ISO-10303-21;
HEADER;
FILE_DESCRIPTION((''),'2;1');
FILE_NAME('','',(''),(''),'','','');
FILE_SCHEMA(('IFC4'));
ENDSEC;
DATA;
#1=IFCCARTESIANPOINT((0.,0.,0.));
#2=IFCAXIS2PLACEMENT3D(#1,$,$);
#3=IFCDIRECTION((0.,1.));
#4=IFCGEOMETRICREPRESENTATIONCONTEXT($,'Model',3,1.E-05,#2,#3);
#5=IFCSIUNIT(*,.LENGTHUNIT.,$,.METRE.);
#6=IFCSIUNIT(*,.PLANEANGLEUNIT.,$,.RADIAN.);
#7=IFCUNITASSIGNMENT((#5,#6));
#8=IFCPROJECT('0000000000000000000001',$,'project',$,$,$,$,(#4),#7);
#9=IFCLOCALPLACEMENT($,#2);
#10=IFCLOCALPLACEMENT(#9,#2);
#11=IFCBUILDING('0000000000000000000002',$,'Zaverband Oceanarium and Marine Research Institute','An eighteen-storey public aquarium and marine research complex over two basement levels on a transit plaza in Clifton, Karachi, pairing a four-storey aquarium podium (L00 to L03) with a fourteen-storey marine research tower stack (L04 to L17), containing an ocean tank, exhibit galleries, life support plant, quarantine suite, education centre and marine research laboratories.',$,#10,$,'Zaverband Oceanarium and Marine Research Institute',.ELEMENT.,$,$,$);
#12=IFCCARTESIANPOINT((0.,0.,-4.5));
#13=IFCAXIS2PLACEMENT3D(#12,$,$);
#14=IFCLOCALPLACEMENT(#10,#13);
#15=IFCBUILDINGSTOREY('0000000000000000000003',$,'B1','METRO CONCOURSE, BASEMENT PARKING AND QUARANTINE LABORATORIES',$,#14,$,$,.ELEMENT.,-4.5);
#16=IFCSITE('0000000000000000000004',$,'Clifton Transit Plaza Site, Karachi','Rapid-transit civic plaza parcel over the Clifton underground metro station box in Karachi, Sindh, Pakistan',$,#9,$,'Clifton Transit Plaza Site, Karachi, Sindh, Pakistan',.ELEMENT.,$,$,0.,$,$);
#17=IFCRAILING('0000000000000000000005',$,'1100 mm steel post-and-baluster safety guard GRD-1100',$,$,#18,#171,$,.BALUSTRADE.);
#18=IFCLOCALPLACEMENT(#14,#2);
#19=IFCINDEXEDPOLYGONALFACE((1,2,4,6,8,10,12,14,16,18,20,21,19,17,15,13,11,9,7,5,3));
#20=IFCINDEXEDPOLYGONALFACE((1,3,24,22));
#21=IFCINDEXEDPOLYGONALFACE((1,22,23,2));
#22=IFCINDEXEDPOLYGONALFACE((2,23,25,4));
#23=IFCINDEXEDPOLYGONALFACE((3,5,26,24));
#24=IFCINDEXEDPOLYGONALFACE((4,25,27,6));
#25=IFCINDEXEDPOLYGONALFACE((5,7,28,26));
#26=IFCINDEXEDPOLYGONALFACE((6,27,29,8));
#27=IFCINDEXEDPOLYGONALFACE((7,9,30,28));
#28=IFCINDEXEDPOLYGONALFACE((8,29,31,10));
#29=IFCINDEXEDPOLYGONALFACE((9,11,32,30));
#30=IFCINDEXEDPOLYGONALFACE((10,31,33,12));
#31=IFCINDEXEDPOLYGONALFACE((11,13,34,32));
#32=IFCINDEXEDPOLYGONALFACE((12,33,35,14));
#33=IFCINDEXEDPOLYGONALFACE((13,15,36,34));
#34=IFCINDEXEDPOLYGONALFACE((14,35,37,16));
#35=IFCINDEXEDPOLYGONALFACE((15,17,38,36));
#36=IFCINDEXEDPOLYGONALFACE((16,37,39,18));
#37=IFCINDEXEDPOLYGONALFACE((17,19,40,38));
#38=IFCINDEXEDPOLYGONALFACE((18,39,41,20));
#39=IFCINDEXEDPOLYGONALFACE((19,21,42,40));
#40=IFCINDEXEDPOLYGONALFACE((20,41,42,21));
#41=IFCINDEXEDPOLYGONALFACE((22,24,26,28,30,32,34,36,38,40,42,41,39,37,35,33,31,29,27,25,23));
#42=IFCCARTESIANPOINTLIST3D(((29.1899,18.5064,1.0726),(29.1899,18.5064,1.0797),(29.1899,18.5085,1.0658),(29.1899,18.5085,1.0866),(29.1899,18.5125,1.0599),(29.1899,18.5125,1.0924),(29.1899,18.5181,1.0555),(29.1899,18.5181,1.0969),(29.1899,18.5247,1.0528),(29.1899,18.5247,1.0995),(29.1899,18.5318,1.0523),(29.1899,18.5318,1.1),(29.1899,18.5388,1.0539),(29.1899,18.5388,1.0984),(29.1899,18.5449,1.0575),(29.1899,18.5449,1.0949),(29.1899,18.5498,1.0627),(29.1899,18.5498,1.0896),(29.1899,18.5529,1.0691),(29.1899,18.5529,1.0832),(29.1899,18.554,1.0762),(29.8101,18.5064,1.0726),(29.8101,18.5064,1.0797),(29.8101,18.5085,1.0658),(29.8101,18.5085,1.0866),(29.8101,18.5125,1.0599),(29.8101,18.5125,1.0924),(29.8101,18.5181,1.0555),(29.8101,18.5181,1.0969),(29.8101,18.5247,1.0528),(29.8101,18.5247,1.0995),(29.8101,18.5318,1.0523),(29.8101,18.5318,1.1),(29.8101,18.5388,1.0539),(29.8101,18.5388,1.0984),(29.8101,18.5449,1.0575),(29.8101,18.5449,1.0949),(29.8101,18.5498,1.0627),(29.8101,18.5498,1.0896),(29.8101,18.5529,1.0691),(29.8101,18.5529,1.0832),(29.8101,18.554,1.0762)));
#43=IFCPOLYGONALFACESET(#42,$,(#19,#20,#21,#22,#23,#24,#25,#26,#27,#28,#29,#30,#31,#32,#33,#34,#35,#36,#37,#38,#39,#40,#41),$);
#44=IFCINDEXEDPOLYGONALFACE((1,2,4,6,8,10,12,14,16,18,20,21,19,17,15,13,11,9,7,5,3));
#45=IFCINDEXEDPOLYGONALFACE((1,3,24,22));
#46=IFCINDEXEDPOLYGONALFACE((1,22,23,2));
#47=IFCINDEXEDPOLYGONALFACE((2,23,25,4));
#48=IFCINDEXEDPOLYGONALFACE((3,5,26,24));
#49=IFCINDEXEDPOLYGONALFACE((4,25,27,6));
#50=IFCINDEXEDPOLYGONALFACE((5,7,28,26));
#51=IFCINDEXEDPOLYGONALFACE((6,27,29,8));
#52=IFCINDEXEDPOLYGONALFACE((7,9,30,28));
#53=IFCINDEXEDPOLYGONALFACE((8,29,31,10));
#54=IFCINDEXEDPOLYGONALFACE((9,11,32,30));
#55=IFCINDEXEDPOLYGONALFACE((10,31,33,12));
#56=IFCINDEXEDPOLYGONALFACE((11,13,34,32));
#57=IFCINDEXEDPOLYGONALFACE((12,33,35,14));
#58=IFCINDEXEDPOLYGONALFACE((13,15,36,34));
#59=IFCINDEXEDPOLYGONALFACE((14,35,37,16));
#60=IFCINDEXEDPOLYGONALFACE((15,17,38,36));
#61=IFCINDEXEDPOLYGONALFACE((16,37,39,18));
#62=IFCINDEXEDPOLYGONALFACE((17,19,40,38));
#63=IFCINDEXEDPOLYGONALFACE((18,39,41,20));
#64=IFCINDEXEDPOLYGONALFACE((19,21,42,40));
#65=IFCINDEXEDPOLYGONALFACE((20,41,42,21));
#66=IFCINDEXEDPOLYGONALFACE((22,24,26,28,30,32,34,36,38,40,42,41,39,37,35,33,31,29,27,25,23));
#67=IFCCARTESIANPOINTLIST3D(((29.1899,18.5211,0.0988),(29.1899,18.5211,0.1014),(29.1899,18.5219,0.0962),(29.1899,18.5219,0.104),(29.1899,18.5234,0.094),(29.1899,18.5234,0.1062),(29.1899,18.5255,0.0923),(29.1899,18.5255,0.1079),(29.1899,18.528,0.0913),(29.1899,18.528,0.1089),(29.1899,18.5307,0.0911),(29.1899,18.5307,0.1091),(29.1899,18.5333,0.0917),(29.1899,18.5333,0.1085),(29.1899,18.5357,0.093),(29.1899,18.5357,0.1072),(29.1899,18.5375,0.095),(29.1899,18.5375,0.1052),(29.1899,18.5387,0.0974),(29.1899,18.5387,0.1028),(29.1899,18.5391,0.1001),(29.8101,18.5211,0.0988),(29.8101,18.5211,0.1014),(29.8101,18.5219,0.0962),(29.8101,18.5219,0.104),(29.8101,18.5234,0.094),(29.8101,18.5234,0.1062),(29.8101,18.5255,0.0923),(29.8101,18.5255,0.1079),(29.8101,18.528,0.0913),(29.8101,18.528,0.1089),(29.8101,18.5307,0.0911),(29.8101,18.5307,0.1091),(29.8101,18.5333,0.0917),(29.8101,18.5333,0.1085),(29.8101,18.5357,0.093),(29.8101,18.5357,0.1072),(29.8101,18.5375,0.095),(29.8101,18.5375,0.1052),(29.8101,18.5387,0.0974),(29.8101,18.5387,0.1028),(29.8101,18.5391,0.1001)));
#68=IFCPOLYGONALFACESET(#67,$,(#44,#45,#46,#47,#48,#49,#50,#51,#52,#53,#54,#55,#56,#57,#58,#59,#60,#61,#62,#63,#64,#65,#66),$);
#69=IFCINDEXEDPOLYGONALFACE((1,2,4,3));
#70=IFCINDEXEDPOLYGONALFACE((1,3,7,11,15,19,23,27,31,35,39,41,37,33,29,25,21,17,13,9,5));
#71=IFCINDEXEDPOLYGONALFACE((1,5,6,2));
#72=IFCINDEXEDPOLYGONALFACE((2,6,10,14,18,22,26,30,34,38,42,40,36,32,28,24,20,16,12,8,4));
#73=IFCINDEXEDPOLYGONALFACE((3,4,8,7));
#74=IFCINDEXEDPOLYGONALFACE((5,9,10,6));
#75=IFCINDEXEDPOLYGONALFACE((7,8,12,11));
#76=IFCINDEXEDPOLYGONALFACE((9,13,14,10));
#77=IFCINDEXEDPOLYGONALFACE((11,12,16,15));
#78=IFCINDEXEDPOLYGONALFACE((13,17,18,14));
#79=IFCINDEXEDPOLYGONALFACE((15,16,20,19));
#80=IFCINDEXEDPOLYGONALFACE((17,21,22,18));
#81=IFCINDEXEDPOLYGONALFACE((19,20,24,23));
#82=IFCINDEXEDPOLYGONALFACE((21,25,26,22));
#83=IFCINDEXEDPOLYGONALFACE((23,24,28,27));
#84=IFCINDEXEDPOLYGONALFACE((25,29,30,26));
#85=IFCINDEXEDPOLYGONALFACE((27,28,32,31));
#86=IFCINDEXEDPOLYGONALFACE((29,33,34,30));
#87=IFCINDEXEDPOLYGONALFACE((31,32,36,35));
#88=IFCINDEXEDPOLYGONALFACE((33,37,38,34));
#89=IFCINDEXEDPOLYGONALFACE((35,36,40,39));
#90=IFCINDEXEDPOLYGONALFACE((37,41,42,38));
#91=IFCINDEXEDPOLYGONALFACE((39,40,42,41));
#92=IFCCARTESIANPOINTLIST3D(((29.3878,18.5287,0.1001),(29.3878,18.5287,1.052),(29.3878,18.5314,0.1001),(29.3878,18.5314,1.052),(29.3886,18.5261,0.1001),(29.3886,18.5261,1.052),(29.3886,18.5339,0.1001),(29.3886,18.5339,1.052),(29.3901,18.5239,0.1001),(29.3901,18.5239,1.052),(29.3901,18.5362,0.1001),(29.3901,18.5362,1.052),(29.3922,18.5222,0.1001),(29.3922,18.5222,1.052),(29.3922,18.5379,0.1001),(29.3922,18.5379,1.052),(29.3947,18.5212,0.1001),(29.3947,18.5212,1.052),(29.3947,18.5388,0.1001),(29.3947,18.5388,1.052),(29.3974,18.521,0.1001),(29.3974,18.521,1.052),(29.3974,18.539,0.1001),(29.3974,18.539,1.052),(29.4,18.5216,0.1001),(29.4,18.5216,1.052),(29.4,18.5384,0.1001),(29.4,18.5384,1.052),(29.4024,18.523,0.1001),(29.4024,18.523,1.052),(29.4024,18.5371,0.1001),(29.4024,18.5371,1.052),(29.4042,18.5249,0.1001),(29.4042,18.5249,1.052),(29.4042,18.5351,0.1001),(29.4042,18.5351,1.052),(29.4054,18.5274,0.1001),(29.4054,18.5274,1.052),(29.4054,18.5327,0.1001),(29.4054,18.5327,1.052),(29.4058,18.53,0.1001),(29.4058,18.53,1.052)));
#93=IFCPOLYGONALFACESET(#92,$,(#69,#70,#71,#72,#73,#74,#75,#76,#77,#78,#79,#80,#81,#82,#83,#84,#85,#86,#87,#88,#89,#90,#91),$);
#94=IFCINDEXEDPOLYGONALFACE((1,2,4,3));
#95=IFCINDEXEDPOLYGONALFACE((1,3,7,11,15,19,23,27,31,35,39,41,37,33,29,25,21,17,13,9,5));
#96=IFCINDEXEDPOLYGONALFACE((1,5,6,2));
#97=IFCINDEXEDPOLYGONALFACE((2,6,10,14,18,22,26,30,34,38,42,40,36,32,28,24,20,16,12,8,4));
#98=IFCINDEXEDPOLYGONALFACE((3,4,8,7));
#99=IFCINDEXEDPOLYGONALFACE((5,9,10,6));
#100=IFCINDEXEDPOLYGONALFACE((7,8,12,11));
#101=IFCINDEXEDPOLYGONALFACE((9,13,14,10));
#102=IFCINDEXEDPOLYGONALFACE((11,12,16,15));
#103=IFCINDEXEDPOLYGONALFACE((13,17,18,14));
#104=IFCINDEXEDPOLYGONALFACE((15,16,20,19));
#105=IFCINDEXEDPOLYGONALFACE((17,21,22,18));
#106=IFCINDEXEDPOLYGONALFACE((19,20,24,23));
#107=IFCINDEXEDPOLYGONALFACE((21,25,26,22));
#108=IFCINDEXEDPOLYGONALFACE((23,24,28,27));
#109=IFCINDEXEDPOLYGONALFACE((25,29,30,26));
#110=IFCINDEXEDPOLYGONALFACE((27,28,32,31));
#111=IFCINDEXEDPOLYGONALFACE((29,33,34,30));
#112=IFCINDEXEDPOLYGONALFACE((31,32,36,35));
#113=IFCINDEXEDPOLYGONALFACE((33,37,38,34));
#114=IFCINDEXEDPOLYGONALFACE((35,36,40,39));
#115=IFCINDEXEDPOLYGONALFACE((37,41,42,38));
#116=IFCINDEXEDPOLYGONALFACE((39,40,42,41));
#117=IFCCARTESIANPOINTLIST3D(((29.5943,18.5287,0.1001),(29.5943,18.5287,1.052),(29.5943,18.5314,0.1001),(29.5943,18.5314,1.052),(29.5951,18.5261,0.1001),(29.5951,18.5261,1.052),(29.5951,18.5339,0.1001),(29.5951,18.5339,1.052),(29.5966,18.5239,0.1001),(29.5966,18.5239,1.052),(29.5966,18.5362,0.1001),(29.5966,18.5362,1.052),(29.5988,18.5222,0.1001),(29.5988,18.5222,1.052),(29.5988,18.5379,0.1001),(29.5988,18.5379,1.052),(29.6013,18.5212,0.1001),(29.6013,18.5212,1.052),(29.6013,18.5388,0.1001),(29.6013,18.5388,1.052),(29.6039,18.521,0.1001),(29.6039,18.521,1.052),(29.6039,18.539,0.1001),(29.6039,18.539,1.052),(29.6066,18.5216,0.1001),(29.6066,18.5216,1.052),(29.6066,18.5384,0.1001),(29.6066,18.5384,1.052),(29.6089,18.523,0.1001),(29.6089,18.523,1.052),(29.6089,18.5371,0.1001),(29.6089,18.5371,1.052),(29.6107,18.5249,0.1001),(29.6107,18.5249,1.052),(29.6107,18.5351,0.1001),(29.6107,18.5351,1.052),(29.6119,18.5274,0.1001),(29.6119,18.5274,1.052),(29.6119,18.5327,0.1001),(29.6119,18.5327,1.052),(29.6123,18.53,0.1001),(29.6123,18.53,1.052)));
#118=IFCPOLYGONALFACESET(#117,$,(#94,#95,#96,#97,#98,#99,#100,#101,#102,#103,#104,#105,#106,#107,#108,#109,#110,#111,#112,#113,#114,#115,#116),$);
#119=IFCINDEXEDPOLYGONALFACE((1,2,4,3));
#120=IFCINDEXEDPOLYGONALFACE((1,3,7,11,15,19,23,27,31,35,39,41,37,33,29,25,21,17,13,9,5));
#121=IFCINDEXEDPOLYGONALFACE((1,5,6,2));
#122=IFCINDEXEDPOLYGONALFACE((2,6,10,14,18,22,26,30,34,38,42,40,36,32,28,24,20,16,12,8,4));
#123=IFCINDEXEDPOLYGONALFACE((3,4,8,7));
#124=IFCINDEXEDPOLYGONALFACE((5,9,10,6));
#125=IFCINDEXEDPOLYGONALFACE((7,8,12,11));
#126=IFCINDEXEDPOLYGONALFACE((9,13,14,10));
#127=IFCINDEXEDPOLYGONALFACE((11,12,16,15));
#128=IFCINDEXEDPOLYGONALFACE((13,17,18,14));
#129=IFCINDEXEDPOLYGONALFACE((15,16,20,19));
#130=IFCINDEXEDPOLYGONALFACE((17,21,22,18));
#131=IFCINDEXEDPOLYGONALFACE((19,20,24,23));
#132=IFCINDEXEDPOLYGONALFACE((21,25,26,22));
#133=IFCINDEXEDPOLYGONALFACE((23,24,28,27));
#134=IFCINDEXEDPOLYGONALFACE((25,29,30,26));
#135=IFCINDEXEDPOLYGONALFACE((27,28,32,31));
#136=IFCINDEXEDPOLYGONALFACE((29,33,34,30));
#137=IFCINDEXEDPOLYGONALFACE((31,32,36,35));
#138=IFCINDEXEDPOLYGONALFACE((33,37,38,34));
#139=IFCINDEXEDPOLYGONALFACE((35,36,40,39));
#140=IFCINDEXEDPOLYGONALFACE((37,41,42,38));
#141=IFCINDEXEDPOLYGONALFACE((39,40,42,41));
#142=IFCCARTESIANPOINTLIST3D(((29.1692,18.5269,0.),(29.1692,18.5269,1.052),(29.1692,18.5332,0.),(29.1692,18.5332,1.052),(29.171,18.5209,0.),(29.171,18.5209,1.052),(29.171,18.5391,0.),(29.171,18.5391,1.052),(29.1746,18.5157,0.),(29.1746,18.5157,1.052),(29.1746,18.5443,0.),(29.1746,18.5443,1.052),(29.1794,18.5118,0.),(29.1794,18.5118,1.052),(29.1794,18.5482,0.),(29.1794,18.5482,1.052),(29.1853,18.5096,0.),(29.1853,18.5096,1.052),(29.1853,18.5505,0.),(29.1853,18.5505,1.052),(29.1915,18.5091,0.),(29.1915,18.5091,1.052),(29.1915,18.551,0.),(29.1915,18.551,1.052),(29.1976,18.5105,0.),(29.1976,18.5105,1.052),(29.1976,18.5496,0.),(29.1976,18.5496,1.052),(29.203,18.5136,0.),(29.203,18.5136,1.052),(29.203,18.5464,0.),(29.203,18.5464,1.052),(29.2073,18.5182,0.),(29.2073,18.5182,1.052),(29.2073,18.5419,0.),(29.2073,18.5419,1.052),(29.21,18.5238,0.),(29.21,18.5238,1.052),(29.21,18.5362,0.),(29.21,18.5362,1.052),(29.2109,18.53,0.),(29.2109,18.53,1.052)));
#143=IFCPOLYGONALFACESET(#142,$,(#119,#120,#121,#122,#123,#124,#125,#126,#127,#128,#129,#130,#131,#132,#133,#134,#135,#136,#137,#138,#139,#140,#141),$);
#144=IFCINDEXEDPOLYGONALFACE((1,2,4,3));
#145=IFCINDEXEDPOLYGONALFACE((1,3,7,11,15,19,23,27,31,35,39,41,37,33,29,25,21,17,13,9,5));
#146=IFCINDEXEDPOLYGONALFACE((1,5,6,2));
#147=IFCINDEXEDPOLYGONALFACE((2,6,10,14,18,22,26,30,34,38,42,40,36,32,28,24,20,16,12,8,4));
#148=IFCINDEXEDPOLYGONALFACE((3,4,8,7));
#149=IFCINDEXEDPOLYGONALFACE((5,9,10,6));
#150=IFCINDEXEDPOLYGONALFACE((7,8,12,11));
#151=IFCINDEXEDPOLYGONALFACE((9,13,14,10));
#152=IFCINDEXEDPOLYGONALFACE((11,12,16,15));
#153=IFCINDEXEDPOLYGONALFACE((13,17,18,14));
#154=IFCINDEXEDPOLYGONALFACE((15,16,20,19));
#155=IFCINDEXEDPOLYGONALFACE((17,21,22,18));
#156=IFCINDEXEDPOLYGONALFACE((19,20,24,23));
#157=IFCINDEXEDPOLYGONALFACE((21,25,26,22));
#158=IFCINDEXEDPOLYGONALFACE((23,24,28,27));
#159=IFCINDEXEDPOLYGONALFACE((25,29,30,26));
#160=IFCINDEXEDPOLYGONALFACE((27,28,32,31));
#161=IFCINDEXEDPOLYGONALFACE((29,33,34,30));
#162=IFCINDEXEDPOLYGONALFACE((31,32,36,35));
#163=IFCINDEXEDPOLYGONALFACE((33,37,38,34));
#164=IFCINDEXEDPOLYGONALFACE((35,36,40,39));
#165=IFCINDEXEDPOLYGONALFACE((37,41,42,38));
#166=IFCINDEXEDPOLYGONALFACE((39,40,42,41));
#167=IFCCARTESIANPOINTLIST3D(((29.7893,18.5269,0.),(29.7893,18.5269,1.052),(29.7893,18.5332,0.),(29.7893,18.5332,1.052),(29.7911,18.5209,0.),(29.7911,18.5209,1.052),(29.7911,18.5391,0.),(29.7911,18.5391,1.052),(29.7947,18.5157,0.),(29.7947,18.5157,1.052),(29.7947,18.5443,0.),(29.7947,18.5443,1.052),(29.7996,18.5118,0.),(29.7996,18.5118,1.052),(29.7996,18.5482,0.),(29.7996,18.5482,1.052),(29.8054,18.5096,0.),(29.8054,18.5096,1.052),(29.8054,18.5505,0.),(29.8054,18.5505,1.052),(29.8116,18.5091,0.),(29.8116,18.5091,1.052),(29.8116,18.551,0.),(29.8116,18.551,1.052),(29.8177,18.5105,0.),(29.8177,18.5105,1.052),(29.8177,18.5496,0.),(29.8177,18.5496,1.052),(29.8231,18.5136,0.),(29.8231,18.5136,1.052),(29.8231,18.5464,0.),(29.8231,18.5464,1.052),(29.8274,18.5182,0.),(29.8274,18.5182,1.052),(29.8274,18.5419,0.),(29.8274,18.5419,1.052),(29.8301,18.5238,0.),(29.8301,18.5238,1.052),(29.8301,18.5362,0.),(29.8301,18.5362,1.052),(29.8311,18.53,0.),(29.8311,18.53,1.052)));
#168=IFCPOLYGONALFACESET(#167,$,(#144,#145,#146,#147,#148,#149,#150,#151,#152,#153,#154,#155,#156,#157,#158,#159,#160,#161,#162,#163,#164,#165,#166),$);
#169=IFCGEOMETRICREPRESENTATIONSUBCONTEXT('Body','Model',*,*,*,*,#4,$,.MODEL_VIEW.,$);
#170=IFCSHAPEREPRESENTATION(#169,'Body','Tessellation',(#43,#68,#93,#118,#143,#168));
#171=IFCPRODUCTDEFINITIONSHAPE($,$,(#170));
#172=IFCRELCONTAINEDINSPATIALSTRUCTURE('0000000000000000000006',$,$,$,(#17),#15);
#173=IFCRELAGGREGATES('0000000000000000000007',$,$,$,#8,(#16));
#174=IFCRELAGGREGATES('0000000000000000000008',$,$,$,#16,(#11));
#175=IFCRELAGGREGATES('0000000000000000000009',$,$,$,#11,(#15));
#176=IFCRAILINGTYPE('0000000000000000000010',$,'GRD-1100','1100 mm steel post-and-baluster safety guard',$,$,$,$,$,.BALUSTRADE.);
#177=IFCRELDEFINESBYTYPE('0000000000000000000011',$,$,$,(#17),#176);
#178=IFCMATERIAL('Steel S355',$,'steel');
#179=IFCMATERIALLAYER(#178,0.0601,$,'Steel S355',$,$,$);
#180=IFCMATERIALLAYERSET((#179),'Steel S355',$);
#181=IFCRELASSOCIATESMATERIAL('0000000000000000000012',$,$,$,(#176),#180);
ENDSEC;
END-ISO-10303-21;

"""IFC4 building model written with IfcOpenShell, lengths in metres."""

from ifc_helpers import new_model, si_unit, direction, frame, origin, origin_2d, place, context, subcontext, project, spatial, circle, extrude, material, layer, layer_set, type_object, element, save


model = new_model("IFC4")

# Units and contexts
model_context = context("Model", 3, precision=1e-05, world=origin(), true_north=direction((0.0, 1.0)))
body_context = subcontext(model_context, "Body", "Model", "MODEL_VIEW")
ifc_project = project(units=[si_unit("LENGTHUNIT", "METRE"), si_unit("PLANEANGLEUNIT", "RADIAN")], contexts=[model_context])

# Site, building, storey
site_placement = place(None, origin())
site = spatial("IfcSite", under=ifc_project, at=site_placement, Name="Clifton Transit Plaza Site, Karachi", Description="Rapid-transit civic plaza parcel over the Clifton underground metro station box in Karachi, Sindh, Pakistan", LongName="Clifton Transit Plaza Site, Karachi, Sindh, Pakistan", CompositionType="ELEMENT", RefElevation=0.0)
building_placement = place(site_placement, origin())
building = spatial("IfcBuilding", under=site, at=building_placement, Name="Zaverband Oceanarium and Marine Research Institute", Description="An eighteen-storey public aquarium and marine research complex over two basement levels on a transit plaza in Clifton, Karachi, pairing a four-storey aquarium podium (L00 to L03) with a fourteen-storey marine research tower stack (L04 to L17), containing an ocean tank, exhibit galleries, life support plant, quarantine suite, education centre and marine research laboratories.", LongName="Zaverband Oceanarium and Marine Research Institute", CompositionType="ELEMENT")
storey_placement = place(building_placement, frame((0.0, 0.0, -4.5)))
storey = spatial("IfcBuildingStorey", under=building, at=storey_placement, Name="B1", Description="METRO CONCOURSE, BASEMENT PARKING AND QUARANTINE LABORATORIES", CompositionType="ELEMENT", Elevation=-4.5)

# Shared definitions
ifc_material_1 = material(Name="Steel S355", Category="steel")

# Railing
ifc_layer_1 = layer(ifc_material_1, 0.0601, Name="Steel S355")
ifc_layer_set_1 = layer_set([ifc_layer_1], Name="Steel S355")
railing_type_1 = type_object("IfcRailingType", Name="GRD-1100", Description="1100 mm steel post-and-baluster safety guard", PredefinedType="BALUSTRADE", material=ifc_layer_set_1)
for number, where, name in (
    (1, (29.1899, 18.53, 0.0), "1100 mm steel post-and-baluster safety guard GRD-1100"),
):
    element("IfcRailing", number, at=place(storey_placement, frame(where)), inside=storey, type_object=railing_type_1, Name=name, PredefinedType="BALUSTRADE", context=body_context, shape_type="SweptSolid", body=[
        extrude(circle(Radius=0.0239, at=origin_2d()), frame((0.0, 0.0, 1.0762), z_axis=(1.0, 0.0, 0.0), x_axis=(0.0, 1.0, 0.0)), (0.0, 0.0, 1.0), 0.6201),
        extrude(circle(Radius=0.009, at=origin_2d()), frame((0.0, 0.0, 0.1001), z_axis=(1.0, 0.0, 0.0), x_axis=(0.0, 1.0, 0.0)), (0.0, 0.0, 1.0), 0.6201),
        extrude(circle(Radius=0.009, at=origin_2d()), frame((0.2068, 0.0, 0.1001)), (0.0, 0.0, 1.0), 0.9519),
        extrude(circle(Radius=0.009, at=origin_2d()), frame((0.4133, 0.0, 0.1001)), (0.0, 0.0, 1.0), 0.9519),
        extrude(circle(Radius=0.021, at=origin_2d()), origin(), (0.0, 0.0, 1.0), 1.052),
        extrude(circle(Radius=0.021, at=origin_2d()), frame((0.6201, 0.0, 0.0)), (0.0, 0.0, 1.0), 1.052),
    ])

save(model, "model.ifc")
